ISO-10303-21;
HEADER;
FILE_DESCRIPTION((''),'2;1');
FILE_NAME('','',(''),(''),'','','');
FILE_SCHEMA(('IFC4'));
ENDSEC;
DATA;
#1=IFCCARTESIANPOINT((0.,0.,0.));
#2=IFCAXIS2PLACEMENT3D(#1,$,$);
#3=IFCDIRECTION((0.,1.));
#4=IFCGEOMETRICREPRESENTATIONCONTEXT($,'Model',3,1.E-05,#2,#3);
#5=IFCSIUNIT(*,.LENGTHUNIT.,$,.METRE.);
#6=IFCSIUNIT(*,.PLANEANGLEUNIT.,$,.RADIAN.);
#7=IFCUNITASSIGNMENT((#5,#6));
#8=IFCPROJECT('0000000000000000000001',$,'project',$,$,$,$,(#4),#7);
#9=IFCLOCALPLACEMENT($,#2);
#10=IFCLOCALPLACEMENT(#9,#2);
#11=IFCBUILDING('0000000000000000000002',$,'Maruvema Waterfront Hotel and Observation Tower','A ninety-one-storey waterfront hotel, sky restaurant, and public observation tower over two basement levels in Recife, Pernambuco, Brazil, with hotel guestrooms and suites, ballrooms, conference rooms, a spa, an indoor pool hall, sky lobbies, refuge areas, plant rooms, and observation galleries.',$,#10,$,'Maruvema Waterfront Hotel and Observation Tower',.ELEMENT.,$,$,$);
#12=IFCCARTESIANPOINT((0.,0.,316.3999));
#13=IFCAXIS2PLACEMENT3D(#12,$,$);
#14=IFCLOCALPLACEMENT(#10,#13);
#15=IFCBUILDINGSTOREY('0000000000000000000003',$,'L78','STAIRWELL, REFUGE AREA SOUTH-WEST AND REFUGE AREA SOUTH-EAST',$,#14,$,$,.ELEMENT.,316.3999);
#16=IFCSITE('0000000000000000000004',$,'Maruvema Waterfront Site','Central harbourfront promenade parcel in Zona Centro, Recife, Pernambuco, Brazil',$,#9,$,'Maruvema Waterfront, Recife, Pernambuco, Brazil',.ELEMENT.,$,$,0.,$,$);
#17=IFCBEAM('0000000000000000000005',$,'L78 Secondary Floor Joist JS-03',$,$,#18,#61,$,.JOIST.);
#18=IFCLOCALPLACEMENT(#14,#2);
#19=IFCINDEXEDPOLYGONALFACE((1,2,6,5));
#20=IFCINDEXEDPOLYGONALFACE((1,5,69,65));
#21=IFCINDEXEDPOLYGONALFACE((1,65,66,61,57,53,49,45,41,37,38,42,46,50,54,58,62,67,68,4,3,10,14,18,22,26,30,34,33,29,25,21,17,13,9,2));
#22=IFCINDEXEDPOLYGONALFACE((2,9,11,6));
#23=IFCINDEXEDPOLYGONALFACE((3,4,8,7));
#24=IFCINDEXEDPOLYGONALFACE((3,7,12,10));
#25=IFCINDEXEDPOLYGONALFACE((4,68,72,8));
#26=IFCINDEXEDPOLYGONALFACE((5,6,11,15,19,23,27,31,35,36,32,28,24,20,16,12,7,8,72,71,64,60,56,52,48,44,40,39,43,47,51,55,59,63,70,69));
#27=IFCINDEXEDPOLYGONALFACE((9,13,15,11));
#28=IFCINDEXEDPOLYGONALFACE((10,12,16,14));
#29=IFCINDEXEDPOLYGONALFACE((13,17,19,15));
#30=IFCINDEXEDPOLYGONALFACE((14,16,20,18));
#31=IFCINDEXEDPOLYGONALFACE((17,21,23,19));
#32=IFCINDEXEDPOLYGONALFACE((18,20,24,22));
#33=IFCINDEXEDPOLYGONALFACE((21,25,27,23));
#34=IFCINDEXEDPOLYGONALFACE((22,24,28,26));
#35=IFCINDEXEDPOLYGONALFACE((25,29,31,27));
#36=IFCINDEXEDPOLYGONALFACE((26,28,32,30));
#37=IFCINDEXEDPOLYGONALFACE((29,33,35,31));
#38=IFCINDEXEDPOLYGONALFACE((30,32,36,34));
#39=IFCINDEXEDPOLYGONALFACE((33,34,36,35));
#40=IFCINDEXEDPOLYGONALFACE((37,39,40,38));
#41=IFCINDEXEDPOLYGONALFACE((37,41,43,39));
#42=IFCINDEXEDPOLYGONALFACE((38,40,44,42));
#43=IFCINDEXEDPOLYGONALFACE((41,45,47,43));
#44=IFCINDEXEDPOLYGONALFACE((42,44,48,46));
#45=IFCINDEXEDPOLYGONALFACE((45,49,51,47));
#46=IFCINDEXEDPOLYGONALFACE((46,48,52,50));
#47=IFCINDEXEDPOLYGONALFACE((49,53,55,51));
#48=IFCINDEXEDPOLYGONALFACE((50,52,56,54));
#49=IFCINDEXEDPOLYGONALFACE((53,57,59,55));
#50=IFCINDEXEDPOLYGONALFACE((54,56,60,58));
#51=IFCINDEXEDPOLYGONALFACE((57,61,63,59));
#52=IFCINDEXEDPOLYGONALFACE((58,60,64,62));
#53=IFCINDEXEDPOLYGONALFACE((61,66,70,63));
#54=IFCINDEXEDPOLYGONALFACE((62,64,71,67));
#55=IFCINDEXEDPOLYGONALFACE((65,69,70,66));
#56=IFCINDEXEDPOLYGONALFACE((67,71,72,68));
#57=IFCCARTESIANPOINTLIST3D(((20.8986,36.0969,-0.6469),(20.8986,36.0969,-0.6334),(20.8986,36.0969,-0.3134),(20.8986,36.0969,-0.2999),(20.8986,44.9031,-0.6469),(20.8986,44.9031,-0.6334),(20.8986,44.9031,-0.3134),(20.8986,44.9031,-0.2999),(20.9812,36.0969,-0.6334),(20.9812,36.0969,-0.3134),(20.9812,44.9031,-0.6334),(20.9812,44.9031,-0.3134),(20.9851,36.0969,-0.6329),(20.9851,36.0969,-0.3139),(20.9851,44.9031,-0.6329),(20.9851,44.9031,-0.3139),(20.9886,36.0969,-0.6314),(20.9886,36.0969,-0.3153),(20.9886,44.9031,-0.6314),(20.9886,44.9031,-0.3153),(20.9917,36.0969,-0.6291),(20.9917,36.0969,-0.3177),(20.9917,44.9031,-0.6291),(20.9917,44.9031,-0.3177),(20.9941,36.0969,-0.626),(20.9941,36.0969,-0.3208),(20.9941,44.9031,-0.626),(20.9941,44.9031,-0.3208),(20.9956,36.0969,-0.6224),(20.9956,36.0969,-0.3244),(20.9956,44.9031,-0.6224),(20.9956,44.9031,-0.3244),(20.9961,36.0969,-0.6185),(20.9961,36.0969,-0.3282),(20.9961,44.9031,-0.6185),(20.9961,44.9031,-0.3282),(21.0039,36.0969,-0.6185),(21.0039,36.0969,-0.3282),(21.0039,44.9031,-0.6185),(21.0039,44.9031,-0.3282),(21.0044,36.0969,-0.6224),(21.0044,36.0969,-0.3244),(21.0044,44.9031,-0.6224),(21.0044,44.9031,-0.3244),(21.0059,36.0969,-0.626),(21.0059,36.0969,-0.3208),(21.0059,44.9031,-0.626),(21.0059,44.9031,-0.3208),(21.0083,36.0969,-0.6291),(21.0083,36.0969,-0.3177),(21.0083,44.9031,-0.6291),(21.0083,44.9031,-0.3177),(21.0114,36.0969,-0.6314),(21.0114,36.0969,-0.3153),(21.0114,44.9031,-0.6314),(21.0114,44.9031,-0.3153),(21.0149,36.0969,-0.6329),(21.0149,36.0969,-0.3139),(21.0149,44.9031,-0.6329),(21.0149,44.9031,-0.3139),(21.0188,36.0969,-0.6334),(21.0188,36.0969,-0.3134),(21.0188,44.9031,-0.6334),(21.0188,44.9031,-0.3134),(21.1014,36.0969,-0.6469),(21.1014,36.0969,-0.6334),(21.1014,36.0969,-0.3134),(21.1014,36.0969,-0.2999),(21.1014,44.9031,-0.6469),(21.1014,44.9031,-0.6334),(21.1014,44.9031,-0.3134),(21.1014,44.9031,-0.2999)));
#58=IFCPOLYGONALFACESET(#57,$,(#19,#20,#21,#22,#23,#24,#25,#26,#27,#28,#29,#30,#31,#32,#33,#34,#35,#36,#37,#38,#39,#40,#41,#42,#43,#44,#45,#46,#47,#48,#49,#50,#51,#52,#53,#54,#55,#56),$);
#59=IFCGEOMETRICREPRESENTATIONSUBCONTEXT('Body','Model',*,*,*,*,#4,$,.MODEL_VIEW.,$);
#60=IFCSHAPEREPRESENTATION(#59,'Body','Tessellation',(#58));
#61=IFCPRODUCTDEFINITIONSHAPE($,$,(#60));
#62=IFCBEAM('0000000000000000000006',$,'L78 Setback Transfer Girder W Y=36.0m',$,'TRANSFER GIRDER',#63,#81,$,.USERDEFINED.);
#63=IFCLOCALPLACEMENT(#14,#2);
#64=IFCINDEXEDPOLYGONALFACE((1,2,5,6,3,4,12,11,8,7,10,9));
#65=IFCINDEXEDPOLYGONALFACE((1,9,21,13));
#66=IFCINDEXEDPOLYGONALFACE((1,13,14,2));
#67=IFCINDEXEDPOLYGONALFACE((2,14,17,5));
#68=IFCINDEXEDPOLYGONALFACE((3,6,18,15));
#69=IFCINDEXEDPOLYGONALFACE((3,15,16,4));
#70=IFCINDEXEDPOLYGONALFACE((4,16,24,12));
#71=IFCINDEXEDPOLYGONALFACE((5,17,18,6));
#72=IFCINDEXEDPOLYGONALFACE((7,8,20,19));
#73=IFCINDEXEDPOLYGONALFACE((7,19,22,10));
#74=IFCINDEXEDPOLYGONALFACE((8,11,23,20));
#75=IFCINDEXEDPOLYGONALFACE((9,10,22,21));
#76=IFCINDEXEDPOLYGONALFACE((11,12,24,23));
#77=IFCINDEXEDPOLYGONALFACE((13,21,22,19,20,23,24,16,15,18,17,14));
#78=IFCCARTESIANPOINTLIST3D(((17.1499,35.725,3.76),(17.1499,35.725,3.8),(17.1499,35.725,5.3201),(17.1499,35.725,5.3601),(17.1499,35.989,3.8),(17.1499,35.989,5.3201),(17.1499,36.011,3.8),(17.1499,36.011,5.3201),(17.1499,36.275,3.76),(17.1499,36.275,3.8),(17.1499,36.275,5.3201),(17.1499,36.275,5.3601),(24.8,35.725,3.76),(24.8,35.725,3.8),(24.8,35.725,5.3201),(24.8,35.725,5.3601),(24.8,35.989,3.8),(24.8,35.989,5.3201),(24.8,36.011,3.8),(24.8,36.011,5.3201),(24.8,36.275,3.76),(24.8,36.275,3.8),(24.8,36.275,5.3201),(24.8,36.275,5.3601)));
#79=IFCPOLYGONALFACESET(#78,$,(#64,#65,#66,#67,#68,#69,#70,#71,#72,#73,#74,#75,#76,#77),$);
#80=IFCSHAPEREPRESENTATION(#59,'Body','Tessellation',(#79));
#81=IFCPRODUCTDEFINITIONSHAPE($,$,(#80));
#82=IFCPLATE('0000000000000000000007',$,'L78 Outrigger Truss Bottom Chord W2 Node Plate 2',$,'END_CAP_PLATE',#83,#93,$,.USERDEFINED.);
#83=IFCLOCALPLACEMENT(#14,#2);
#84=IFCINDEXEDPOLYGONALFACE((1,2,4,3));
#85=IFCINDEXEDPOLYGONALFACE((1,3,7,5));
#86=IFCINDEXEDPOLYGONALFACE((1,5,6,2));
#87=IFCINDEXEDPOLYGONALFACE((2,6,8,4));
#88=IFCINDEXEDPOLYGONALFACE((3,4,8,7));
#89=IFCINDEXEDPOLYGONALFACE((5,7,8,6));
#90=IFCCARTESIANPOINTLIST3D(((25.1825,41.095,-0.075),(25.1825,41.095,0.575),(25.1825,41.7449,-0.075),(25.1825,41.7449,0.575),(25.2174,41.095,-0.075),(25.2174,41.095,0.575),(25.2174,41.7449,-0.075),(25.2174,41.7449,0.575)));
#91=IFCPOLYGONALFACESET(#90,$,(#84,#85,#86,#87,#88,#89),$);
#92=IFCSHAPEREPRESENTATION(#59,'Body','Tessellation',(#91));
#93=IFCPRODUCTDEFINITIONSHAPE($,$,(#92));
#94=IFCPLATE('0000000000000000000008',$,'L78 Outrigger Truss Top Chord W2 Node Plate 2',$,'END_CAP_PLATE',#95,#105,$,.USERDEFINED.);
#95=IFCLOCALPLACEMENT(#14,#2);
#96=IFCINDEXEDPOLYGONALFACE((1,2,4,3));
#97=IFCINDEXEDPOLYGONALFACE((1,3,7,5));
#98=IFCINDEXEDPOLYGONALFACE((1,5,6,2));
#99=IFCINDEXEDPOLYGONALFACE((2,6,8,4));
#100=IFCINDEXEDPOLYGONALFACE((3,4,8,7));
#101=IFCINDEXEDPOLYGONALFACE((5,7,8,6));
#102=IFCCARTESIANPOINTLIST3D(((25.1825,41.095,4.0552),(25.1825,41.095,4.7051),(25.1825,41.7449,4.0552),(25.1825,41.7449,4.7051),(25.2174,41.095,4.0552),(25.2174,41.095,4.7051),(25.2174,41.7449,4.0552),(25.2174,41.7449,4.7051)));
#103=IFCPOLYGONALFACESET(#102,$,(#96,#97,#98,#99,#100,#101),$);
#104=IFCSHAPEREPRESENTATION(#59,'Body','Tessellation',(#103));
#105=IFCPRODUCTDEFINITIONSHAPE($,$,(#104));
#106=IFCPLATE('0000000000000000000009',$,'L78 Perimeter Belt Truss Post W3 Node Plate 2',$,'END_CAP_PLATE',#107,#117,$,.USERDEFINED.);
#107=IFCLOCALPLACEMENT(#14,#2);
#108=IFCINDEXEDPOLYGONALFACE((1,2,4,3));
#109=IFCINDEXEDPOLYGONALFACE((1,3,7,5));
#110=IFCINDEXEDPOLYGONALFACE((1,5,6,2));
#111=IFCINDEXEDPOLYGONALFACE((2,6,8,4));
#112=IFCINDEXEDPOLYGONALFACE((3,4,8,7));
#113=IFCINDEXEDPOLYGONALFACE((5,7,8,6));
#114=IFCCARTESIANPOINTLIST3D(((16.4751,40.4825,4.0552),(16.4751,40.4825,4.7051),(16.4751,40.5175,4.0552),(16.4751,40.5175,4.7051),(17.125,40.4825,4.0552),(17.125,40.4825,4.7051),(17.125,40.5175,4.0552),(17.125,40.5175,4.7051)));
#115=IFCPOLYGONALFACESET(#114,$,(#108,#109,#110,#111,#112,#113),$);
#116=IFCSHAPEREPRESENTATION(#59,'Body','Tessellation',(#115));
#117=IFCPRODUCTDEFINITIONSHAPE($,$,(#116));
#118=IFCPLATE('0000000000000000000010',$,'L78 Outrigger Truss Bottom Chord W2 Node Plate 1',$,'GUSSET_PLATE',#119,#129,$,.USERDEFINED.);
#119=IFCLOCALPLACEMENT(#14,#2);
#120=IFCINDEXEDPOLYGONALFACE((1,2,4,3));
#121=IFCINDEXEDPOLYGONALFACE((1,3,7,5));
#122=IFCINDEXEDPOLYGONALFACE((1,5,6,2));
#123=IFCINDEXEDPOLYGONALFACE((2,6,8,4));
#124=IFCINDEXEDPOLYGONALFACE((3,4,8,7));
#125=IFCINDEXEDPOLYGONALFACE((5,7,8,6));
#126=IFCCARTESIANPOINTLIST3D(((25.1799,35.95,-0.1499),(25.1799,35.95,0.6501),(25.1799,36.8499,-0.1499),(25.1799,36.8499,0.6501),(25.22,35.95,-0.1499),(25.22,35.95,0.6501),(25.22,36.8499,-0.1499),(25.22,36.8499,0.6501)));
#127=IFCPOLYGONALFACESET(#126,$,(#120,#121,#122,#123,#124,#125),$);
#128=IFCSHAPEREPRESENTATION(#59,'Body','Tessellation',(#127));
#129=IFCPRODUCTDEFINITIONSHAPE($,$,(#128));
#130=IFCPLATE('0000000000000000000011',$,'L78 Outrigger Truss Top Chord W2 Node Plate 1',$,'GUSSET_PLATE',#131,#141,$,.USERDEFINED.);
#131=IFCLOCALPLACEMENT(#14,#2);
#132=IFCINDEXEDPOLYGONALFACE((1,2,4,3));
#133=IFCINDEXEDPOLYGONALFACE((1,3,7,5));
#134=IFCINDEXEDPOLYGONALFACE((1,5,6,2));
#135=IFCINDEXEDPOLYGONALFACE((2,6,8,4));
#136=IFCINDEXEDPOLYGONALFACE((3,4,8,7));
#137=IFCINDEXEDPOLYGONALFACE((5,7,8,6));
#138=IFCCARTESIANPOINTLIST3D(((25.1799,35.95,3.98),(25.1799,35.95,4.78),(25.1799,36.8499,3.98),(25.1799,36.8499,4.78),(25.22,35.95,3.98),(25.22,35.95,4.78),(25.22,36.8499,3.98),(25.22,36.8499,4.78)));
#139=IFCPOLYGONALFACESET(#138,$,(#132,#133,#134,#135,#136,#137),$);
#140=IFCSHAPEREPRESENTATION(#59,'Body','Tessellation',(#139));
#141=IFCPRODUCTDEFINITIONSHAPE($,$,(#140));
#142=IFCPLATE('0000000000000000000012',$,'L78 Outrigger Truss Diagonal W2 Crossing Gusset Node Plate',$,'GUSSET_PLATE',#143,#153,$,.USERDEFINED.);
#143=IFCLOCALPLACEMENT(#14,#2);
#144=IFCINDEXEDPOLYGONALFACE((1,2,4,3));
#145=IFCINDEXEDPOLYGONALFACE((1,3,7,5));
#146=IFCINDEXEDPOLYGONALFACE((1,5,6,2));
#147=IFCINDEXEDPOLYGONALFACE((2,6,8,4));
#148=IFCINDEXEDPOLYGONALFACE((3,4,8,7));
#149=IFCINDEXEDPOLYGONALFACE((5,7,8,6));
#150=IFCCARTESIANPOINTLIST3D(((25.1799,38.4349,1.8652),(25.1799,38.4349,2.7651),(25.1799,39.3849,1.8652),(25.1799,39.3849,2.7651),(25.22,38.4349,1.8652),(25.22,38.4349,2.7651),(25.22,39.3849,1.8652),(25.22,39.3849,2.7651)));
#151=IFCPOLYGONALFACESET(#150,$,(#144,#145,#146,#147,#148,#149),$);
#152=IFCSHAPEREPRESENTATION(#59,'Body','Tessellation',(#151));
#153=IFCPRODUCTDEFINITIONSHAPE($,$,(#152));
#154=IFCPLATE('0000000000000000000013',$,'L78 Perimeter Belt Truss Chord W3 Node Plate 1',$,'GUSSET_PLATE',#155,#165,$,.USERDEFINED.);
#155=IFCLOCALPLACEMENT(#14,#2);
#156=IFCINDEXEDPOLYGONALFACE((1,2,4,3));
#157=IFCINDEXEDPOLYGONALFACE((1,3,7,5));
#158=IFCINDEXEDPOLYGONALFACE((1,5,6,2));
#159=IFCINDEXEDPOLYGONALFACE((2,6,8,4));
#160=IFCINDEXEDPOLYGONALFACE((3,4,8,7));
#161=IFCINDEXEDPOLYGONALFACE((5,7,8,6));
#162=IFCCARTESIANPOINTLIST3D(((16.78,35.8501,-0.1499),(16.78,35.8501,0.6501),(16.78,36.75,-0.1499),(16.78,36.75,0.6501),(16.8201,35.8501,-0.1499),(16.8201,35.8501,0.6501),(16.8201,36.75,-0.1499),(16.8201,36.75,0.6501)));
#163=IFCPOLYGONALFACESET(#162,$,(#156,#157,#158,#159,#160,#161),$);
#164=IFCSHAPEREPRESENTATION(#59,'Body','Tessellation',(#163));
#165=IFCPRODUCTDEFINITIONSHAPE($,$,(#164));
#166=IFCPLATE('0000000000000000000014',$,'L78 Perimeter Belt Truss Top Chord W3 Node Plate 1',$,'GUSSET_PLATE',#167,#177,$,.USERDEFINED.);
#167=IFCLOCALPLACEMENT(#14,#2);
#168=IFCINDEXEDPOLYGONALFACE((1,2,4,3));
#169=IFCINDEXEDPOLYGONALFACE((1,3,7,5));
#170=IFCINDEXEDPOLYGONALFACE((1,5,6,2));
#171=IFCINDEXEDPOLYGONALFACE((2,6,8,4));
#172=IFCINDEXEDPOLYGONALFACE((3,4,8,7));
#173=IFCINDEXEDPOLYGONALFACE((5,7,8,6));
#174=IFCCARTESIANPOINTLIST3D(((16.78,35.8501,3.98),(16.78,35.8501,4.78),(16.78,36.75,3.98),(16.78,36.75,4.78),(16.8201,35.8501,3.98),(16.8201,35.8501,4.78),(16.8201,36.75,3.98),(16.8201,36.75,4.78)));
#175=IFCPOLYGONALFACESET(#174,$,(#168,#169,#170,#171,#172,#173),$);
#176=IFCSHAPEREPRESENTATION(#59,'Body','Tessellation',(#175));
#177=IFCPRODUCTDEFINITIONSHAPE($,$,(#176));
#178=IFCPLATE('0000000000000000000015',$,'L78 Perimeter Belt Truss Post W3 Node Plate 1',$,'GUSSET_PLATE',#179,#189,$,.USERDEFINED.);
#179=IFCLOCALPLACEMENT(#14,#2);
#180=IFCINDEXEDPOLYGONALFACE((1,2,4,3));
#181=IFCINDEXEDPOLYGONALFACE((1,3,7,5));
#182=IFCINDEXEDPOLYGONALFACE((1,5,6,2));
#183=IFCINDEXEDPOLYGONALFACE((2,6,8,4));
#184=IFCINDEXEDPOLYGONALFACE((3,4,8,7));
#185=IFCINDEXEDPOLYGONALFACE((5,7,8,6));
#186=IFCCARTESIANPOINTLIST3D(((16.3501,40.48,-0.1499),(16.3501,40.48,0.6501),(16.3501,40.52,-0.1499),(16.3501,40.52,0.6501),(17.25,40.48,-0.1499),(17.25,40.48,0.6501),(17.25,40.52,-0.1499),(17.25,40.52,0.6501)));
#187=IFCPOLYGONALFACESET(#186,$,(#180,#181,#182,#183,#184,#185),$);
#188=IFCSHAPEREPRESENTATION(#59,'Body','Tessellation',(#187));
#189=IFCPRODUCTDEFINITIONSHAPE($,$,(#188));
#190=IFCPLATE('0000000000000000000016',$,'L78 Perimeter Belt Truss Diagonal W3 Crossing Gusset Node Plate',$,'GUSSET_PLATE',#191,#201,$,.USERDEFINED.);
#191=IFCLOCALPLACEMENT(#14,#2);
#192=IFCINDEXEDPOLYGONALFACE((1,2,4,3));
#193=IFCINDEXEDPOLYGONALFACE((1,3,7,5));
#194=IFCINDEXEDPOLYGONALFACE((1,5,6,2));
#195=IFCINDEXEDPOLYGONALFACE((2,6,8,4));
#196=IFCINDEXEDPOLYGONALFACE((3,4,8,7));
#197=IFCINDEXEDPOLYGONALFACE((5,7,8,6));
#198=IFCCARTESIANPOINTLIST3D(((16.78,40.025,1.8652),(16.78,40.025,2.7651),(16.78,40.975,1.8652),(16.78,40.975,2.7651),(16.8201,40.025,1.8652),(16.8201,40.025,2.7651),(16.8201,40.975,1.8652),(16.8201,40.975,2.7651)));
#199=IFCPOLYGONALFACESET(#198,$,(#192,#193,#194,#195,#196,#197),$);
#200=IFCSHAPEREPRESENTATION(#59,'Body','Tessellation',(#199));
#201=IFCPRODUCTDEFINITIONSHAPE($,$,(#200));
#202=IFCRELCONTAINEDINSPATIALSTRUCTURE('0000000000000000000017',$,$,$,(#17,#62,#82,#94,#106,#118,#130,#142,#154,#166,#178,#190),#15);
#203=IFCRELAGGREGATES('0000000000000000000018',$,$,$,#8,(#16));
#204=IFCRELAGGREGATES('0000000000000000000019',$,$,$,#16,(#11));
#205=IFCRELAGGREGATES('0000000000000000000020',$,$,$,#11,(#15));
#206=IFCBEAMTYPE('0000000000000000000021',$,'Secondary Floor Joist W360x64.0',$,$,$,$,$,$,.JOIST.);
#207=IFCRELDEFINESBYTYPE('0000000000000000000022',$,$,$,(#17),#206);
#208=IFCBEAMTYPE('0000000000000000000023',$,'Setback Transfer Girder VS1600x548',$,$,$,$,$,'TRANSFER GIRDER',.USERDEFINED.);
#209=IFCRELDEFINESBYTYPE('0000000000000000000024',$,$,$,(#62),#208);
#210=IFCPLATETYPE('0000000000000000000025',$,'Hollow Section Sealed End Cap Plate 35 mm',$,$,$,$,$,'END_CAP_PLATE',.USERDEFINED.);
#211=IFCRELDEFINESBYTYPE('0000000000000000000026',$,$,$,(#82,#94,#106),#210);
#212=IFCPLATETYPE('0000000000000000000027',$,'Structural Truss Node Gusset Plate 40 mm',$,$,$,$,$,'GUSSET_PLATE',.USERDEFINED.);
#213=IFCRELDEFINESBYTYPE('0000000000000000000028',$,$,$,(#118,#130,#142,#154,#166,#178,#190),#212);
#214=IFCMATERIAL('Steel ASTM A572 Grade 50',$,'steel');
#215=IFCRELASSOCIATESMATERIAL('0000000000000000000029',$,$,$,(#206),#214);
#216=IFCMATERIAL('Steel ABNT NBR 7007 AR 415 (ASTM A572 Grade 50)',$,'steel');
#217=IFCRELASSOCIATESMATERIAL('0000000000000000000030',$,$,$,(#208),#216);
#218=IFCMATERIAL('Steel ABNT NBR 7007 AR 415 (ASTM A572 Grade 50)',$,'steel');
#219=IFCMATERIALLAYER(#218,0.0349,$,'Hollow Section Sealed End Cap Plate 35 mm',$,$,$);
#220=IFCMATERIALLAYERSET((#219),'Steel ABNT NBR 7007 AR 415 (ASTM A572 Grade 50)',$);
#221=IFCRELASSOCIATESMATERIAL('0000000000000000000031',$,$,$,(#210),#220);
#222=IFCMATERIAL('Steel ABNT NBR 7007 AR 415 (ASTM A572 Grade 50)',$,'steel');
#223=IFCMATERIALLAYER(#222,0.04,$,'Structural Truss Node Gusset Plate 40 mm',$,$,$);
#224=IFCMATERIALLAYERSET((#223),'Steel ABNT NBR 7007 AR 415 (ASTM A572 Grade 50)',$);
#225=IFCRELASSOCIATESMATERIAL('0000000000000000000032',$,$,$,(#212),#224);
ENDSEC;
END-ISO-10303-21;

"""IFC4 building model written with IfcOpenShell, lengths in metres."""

from ifc_helpers import new_model, si_unit, direction, frame, origin, origin_2d, place, context, subcontext, project, spatial, rectangle, i_section, extrude, material, layer, layer_set, material_profile, profile_set, type_object, element, save


model = new_model("IFC4")

# Units and contexts
model_context = context("Model", 3, precision=1e-05, world=origin(), true_north=direction((0.0, 1.0)))
body_context = subcontext(model_context, "Body", "Model", "MODEL_VIEW")
ifc_project = project(units=[si_unit("LENGTHUNIT", "METRE"), si_unit("PLANEANGLEUNIT", "RADIAN")], contexts=[model_context])

# Site, building, storey
site_placement = place(None, origin())
site = spatial("IfcSite", under=ifc_project, at=site_placement, Name="Maruvema Waterfront Site", Description="Central harbourfront promenade parcel in Zona Centro, Recife, Pernambuco, Brazil", LongName="Maruvema Waterfront, Recife, Pernambuco, Brazil", CompositionType="ELEMENT", RefElevation=0.0)
building_placement = place(site_placement, origin())
building = spatial("IfcBuilding", under=site, at=building_placement, Name="Maruvema Waterfront Hotel and Observation Tower", Description="A ninety-one-storey waterfront hotel, sky restaurant, and public observation tower over two basement levels in Recife, Pernambuco, Brazil, with hotel guestrooms and suites, ballrooms, conference rooms, a spa, an indoor pool hall, sky lobbies, refuge areas, plant rooms, and observation galleries.", LongName="Maruvema Waterfront Hotel and Observation Tower", CompositionType="ELEMENT")
storey_placement = place(building_placement, frame((0.0, 0.0, 316.3999)))
storey = spatial("IfcBuildingStorey", under=building, at=storey_placement, Name="L78", Description="STAIRWELL, REFUGE AREA SOUTH-WEST AND REFUGE AREA SOUTH-EAST", CompositionType="ELEMENT", Elevation=316.3999)

# Beams
ifc_material_1 = material(Name="Steel ASTM A572 Grade 50", Category="steel")
ifc_material_profile_1 = material_profile(ifc_material_1, i_section(OverallWidth=0.2029, OverallDepth=0.3469, WebThickness=0.0078, FlangeThickness=0.0134, FilletRadius=0.0149, at=origin_2d()), Name="W360x64.0")
ifc_profile_set_1 = profile_set([ifc_material_profile_1], Name="Steel ASTM A572 Grade 50")
beam_type_1 = type_object("IfcBeamType", Name="Secondary Floor Joist W360x64.0", PredefinedType="JOIST", material=ifc_profile_set_1)
beam_1_placement = place(storey_placement, frame((21.0, 36.0969, -0.4734), z_axis=(0.0, 1.0, 0.0), x_axis=(-1.0, 0.0, 0.0)))
element("IfcBeam", 1, at=beam_1_placement, inside=storey, type_object=beam_type_1, Name="L78 Secondary Floor Joist JS-03", PredefinedType="JOIST", context=body_context, shape_type="SweptSolid", body=[
    extrude(i_section(OverallWidth=0.2029, OverallDepth=0.3469, WebThickness=0.0078, FlangeThickness=0.0134, FilletRadius=0.0149, at=origin_2d()), origin(), (0.0, 0.0, 1.0), 8.8062),
])
ifc_material_2 = material(Name="Steel ABNT NBR 7007 AR 415 (ASTM A572 Grade 50)", Category="steel")
ifc_material_profile_2 = material_profile(ifc_material_2, i_section(OverallWidth=0.55, OverallDepth=1.6001, WebThickness=0.022, FlangeThickness=0.04, at=origin_2d()), Name="VS1600x548")
ifc_profile_set_2 = profile_set([ifc_material_profile_2], Name="Steel ABNT NBR 7007 AR 415 (ASTM A572 Grade 50)")
beam_type_2 = type_object("IfcBeamType", Name="Setback Transfer Girder VS1600x548", ElementType="TRANSFER GIRDER", PredefinedType="USERDEFINED", material=ifc_profile_set_2)
beam_2_placement = place(storey_placement, frame((17.1499, 36.0, 4.5601), z_axis=(1.0, 0.0, 0.0), x_axis=(0.0, 1.0, 0.0)))
element("IfcBeam", 2, at=beam_2_placement, inside=storey, type_object=beam_type_2, Name="L78 Setback Transfer Girder W Y=36.0m", ObjectType="TRANSFER GIRDER", PredefinedType="USERDEFINED", context=body_context, shape_type="SweptSolid", body=[
    extrude(i_section(OverallWidth=0.55, OverallDepth=1.6001, WebThickness=0.022, FlangeThickness=0.04, at=origin_2d()), origin(), (0.0, 0.0, 1.0), 7.6501),
])

# Plates
ifc_material_3 = material(Name="Steel ABNT NBR 7007 AR 415 (ASTM A572 Grade 50)", Category="steel")
ifc_layer_1 = layer(ifc_material_3, 0.0349, Name="Hollow Section Sealed End Cap Plate 35 mm")
ifc_layer_set_1 = layer_set([ifc_layer_1], Name="Steel ABNT NBR 7007 AR 415 (ASTM A572 Grade 50)")
plate_type_1 = type_object("IfcPlateType", Name="Hollow Section Sealed End Cap Plate 35 mm", ElementType="END_CAP_PLATE", PredefinedType="USERDEFINED", material=ifc_layer_set_1)
for number, where, z_axis, x_axis, name in (
    (3, (25.2, 41.4199, -0.075), (0.0, 0.0, 1.0), (0.0, 1.0, 0.0), "L78 Outrigger Truss Bottom Chord W2 Node Plate 2"),
    (4, (25.2, 41.4199, 4.0552), (0.0, 0.0, 1.0), (0.0, 1.0, 0.0), "L78 Outrigger Truss Top Chord W2 Node Plate 2"),
    (5, (16.8, 40.5, 4.0552), (0.0, 0.0, 1.0), (1.0, 0.0, 0.0), "L78 Perimeter Belt Truss Post W3 Node Plate 2"),
):
    element("IfcPlate", number, at=place(storey_placement, frame(where, z_axis=z_axis, x_axis=x_axis)), inside=storey, type_object=plate_type_1, Name=name, ObjectType="END_CAP_PLATE", PredefinedType="USERDEFINED", context=body_context, shape_type="SweptSolid", body=[
        extrude(rectangle(XDim=0.6499, YDim=0.0349, at=origin_2d()), origin(), (0.0, 0.0, 1.0), 0.6499),
    ])
ifc_material_4 = material(Name="Steel ABNT NBR 7007 AR 415 (ASTM A572 Grade 50)", Category="steel")
ifc_layer_2 = layer(ifc_material_4, 0.04, Name="Structural Truss Node Gusset Plate 40 mm")
ifc_layer_set_2 = layer_set([ifc_layer_2], Name="Steel ABNT NBR 7007 AR 415 (ASTM A572 Grade 50)")
plate_type_2 = type_object("IfcPlateType", Name="Structural Truss Node Gusset Plate 40 mm", ElementType="GUSSET_PLATE", PredefinedType="USERDEFINED", material=ifc_layer_set_2)
for number, where, z_axis, x_axis, name in (
    (6, (25.2, 36.3999, -0.1499), (0.0, 0.0, 1.0), (0.0, 1.0, 0.0), "L78 Outrigger Truss Bottom Chord W2 Node Plate 1"),
    (7, (25.2, 36.3999, 3.98), (0.0, 0.0, 1.0), (0.0, 1.0, 0.0), "L78 Outrigger Truss Top Chord W2 Node Plate 1"),
):
    element("IfcPlate", number, at=place(storey_placement, frame(where, z_axis=z_axis, x_axis=x_axis)), inside=storey, type_object=plate_type_2, Name=name, ObjectType="GUSSET_PLATE", PredefinedType="USERDEFINED", context=body_context, shape_type="SweptSolid", body=[
        extrude(rectangle(XDim=0.8999, YDim=0.04, at=origin_2d()), origin(), (0.0, 0.0, 1.0), 0.8),
    ])
plate_1_placement = place(storey_placement, frame((25.2, 38.9099, 1.8652), z_axis=(0.0, 0.0, 1.0), x_axis=(0.0, -1.0, 0.0)))
element("IfcPlate", 8, at=plate_1_placement, inside=storey, type_object=plate_type_2, Name="L78 Outrigger Truss Diagonal W2 Crossing Gusset Node Plate", ObjectType="GUSSET_PLATE", PredefinedType="USERDEFINED", context=body_context, shape_type="SweptSolid", body=[
    extrude(rectangle(XDim=0.95, YDim=0.04, at=origin_2d()), origin(), (0.0, 0.0, 1.0), 0.8999),
])
for number, where, z_axis, x_axis, name in (
    (9, (16.8, 36.3, -0.1499), (0.0, 0.0, 1.0), (0.0, 1.0, 0.0), "L78 Perimeter Belt Truss Chord W3 Node Plate 1"),
    (10, (16.8, 36.3, 3.98), (0.0, 0.0, 1.0), (0.0, 1.0, 0.0), "L78 Perimeter Belt Truss Top Chord W3 Node Plate 1"),
    (11, (16.8, 40.5, -0.1499), (0.0, 0.0, 1.0), (1.0, 0.0, 0.0), "L78 Perimeter Belt Truss Post W3 Node Plate 1"),
):
    element("IfcPlate", number, at=place(storey_placement, frame(where, z_axis=z_axis, x_axis=x_axis)), inside=storey, type_object=plate_type_2, Name=name, ObjectType="GUSSET_PLATE", PredefinedType="USERDEFINED", context=body_context, shape_type="SweptSolid", body=[
        extrude(rectangle(XDim=0.8999, YDim=0.04, at=origin_2d()), origin(), (0.0, 0.0, 1.0), 0.8),
    ])
plate_2_placement = place(storey_placement, frame((16.8, 40.5, 1.8652), z_axis=(0.0, 0.0, 1.0), x_axis=(0.0, -1.0, 0.0)))
element("IfcPlate", 12, at=plate_2_placement, inside=storey, type_object=plate_type_2, Name="L78 Perimeter Belt Truss Diagonal W3 Crossing Gusset Node Plate", ObjectType="GUSSET_PLATE", PredefinedType="USERDEFINED", context=body_context, shape_type="SweptSolid", body=[
    extrude(rectangle(XDim=0.95, YDim=0.04, at=origin_2d()), origin(), (0.0, 0.0, 1.0), 0.8999),
])

save(model, "model.ifc")
